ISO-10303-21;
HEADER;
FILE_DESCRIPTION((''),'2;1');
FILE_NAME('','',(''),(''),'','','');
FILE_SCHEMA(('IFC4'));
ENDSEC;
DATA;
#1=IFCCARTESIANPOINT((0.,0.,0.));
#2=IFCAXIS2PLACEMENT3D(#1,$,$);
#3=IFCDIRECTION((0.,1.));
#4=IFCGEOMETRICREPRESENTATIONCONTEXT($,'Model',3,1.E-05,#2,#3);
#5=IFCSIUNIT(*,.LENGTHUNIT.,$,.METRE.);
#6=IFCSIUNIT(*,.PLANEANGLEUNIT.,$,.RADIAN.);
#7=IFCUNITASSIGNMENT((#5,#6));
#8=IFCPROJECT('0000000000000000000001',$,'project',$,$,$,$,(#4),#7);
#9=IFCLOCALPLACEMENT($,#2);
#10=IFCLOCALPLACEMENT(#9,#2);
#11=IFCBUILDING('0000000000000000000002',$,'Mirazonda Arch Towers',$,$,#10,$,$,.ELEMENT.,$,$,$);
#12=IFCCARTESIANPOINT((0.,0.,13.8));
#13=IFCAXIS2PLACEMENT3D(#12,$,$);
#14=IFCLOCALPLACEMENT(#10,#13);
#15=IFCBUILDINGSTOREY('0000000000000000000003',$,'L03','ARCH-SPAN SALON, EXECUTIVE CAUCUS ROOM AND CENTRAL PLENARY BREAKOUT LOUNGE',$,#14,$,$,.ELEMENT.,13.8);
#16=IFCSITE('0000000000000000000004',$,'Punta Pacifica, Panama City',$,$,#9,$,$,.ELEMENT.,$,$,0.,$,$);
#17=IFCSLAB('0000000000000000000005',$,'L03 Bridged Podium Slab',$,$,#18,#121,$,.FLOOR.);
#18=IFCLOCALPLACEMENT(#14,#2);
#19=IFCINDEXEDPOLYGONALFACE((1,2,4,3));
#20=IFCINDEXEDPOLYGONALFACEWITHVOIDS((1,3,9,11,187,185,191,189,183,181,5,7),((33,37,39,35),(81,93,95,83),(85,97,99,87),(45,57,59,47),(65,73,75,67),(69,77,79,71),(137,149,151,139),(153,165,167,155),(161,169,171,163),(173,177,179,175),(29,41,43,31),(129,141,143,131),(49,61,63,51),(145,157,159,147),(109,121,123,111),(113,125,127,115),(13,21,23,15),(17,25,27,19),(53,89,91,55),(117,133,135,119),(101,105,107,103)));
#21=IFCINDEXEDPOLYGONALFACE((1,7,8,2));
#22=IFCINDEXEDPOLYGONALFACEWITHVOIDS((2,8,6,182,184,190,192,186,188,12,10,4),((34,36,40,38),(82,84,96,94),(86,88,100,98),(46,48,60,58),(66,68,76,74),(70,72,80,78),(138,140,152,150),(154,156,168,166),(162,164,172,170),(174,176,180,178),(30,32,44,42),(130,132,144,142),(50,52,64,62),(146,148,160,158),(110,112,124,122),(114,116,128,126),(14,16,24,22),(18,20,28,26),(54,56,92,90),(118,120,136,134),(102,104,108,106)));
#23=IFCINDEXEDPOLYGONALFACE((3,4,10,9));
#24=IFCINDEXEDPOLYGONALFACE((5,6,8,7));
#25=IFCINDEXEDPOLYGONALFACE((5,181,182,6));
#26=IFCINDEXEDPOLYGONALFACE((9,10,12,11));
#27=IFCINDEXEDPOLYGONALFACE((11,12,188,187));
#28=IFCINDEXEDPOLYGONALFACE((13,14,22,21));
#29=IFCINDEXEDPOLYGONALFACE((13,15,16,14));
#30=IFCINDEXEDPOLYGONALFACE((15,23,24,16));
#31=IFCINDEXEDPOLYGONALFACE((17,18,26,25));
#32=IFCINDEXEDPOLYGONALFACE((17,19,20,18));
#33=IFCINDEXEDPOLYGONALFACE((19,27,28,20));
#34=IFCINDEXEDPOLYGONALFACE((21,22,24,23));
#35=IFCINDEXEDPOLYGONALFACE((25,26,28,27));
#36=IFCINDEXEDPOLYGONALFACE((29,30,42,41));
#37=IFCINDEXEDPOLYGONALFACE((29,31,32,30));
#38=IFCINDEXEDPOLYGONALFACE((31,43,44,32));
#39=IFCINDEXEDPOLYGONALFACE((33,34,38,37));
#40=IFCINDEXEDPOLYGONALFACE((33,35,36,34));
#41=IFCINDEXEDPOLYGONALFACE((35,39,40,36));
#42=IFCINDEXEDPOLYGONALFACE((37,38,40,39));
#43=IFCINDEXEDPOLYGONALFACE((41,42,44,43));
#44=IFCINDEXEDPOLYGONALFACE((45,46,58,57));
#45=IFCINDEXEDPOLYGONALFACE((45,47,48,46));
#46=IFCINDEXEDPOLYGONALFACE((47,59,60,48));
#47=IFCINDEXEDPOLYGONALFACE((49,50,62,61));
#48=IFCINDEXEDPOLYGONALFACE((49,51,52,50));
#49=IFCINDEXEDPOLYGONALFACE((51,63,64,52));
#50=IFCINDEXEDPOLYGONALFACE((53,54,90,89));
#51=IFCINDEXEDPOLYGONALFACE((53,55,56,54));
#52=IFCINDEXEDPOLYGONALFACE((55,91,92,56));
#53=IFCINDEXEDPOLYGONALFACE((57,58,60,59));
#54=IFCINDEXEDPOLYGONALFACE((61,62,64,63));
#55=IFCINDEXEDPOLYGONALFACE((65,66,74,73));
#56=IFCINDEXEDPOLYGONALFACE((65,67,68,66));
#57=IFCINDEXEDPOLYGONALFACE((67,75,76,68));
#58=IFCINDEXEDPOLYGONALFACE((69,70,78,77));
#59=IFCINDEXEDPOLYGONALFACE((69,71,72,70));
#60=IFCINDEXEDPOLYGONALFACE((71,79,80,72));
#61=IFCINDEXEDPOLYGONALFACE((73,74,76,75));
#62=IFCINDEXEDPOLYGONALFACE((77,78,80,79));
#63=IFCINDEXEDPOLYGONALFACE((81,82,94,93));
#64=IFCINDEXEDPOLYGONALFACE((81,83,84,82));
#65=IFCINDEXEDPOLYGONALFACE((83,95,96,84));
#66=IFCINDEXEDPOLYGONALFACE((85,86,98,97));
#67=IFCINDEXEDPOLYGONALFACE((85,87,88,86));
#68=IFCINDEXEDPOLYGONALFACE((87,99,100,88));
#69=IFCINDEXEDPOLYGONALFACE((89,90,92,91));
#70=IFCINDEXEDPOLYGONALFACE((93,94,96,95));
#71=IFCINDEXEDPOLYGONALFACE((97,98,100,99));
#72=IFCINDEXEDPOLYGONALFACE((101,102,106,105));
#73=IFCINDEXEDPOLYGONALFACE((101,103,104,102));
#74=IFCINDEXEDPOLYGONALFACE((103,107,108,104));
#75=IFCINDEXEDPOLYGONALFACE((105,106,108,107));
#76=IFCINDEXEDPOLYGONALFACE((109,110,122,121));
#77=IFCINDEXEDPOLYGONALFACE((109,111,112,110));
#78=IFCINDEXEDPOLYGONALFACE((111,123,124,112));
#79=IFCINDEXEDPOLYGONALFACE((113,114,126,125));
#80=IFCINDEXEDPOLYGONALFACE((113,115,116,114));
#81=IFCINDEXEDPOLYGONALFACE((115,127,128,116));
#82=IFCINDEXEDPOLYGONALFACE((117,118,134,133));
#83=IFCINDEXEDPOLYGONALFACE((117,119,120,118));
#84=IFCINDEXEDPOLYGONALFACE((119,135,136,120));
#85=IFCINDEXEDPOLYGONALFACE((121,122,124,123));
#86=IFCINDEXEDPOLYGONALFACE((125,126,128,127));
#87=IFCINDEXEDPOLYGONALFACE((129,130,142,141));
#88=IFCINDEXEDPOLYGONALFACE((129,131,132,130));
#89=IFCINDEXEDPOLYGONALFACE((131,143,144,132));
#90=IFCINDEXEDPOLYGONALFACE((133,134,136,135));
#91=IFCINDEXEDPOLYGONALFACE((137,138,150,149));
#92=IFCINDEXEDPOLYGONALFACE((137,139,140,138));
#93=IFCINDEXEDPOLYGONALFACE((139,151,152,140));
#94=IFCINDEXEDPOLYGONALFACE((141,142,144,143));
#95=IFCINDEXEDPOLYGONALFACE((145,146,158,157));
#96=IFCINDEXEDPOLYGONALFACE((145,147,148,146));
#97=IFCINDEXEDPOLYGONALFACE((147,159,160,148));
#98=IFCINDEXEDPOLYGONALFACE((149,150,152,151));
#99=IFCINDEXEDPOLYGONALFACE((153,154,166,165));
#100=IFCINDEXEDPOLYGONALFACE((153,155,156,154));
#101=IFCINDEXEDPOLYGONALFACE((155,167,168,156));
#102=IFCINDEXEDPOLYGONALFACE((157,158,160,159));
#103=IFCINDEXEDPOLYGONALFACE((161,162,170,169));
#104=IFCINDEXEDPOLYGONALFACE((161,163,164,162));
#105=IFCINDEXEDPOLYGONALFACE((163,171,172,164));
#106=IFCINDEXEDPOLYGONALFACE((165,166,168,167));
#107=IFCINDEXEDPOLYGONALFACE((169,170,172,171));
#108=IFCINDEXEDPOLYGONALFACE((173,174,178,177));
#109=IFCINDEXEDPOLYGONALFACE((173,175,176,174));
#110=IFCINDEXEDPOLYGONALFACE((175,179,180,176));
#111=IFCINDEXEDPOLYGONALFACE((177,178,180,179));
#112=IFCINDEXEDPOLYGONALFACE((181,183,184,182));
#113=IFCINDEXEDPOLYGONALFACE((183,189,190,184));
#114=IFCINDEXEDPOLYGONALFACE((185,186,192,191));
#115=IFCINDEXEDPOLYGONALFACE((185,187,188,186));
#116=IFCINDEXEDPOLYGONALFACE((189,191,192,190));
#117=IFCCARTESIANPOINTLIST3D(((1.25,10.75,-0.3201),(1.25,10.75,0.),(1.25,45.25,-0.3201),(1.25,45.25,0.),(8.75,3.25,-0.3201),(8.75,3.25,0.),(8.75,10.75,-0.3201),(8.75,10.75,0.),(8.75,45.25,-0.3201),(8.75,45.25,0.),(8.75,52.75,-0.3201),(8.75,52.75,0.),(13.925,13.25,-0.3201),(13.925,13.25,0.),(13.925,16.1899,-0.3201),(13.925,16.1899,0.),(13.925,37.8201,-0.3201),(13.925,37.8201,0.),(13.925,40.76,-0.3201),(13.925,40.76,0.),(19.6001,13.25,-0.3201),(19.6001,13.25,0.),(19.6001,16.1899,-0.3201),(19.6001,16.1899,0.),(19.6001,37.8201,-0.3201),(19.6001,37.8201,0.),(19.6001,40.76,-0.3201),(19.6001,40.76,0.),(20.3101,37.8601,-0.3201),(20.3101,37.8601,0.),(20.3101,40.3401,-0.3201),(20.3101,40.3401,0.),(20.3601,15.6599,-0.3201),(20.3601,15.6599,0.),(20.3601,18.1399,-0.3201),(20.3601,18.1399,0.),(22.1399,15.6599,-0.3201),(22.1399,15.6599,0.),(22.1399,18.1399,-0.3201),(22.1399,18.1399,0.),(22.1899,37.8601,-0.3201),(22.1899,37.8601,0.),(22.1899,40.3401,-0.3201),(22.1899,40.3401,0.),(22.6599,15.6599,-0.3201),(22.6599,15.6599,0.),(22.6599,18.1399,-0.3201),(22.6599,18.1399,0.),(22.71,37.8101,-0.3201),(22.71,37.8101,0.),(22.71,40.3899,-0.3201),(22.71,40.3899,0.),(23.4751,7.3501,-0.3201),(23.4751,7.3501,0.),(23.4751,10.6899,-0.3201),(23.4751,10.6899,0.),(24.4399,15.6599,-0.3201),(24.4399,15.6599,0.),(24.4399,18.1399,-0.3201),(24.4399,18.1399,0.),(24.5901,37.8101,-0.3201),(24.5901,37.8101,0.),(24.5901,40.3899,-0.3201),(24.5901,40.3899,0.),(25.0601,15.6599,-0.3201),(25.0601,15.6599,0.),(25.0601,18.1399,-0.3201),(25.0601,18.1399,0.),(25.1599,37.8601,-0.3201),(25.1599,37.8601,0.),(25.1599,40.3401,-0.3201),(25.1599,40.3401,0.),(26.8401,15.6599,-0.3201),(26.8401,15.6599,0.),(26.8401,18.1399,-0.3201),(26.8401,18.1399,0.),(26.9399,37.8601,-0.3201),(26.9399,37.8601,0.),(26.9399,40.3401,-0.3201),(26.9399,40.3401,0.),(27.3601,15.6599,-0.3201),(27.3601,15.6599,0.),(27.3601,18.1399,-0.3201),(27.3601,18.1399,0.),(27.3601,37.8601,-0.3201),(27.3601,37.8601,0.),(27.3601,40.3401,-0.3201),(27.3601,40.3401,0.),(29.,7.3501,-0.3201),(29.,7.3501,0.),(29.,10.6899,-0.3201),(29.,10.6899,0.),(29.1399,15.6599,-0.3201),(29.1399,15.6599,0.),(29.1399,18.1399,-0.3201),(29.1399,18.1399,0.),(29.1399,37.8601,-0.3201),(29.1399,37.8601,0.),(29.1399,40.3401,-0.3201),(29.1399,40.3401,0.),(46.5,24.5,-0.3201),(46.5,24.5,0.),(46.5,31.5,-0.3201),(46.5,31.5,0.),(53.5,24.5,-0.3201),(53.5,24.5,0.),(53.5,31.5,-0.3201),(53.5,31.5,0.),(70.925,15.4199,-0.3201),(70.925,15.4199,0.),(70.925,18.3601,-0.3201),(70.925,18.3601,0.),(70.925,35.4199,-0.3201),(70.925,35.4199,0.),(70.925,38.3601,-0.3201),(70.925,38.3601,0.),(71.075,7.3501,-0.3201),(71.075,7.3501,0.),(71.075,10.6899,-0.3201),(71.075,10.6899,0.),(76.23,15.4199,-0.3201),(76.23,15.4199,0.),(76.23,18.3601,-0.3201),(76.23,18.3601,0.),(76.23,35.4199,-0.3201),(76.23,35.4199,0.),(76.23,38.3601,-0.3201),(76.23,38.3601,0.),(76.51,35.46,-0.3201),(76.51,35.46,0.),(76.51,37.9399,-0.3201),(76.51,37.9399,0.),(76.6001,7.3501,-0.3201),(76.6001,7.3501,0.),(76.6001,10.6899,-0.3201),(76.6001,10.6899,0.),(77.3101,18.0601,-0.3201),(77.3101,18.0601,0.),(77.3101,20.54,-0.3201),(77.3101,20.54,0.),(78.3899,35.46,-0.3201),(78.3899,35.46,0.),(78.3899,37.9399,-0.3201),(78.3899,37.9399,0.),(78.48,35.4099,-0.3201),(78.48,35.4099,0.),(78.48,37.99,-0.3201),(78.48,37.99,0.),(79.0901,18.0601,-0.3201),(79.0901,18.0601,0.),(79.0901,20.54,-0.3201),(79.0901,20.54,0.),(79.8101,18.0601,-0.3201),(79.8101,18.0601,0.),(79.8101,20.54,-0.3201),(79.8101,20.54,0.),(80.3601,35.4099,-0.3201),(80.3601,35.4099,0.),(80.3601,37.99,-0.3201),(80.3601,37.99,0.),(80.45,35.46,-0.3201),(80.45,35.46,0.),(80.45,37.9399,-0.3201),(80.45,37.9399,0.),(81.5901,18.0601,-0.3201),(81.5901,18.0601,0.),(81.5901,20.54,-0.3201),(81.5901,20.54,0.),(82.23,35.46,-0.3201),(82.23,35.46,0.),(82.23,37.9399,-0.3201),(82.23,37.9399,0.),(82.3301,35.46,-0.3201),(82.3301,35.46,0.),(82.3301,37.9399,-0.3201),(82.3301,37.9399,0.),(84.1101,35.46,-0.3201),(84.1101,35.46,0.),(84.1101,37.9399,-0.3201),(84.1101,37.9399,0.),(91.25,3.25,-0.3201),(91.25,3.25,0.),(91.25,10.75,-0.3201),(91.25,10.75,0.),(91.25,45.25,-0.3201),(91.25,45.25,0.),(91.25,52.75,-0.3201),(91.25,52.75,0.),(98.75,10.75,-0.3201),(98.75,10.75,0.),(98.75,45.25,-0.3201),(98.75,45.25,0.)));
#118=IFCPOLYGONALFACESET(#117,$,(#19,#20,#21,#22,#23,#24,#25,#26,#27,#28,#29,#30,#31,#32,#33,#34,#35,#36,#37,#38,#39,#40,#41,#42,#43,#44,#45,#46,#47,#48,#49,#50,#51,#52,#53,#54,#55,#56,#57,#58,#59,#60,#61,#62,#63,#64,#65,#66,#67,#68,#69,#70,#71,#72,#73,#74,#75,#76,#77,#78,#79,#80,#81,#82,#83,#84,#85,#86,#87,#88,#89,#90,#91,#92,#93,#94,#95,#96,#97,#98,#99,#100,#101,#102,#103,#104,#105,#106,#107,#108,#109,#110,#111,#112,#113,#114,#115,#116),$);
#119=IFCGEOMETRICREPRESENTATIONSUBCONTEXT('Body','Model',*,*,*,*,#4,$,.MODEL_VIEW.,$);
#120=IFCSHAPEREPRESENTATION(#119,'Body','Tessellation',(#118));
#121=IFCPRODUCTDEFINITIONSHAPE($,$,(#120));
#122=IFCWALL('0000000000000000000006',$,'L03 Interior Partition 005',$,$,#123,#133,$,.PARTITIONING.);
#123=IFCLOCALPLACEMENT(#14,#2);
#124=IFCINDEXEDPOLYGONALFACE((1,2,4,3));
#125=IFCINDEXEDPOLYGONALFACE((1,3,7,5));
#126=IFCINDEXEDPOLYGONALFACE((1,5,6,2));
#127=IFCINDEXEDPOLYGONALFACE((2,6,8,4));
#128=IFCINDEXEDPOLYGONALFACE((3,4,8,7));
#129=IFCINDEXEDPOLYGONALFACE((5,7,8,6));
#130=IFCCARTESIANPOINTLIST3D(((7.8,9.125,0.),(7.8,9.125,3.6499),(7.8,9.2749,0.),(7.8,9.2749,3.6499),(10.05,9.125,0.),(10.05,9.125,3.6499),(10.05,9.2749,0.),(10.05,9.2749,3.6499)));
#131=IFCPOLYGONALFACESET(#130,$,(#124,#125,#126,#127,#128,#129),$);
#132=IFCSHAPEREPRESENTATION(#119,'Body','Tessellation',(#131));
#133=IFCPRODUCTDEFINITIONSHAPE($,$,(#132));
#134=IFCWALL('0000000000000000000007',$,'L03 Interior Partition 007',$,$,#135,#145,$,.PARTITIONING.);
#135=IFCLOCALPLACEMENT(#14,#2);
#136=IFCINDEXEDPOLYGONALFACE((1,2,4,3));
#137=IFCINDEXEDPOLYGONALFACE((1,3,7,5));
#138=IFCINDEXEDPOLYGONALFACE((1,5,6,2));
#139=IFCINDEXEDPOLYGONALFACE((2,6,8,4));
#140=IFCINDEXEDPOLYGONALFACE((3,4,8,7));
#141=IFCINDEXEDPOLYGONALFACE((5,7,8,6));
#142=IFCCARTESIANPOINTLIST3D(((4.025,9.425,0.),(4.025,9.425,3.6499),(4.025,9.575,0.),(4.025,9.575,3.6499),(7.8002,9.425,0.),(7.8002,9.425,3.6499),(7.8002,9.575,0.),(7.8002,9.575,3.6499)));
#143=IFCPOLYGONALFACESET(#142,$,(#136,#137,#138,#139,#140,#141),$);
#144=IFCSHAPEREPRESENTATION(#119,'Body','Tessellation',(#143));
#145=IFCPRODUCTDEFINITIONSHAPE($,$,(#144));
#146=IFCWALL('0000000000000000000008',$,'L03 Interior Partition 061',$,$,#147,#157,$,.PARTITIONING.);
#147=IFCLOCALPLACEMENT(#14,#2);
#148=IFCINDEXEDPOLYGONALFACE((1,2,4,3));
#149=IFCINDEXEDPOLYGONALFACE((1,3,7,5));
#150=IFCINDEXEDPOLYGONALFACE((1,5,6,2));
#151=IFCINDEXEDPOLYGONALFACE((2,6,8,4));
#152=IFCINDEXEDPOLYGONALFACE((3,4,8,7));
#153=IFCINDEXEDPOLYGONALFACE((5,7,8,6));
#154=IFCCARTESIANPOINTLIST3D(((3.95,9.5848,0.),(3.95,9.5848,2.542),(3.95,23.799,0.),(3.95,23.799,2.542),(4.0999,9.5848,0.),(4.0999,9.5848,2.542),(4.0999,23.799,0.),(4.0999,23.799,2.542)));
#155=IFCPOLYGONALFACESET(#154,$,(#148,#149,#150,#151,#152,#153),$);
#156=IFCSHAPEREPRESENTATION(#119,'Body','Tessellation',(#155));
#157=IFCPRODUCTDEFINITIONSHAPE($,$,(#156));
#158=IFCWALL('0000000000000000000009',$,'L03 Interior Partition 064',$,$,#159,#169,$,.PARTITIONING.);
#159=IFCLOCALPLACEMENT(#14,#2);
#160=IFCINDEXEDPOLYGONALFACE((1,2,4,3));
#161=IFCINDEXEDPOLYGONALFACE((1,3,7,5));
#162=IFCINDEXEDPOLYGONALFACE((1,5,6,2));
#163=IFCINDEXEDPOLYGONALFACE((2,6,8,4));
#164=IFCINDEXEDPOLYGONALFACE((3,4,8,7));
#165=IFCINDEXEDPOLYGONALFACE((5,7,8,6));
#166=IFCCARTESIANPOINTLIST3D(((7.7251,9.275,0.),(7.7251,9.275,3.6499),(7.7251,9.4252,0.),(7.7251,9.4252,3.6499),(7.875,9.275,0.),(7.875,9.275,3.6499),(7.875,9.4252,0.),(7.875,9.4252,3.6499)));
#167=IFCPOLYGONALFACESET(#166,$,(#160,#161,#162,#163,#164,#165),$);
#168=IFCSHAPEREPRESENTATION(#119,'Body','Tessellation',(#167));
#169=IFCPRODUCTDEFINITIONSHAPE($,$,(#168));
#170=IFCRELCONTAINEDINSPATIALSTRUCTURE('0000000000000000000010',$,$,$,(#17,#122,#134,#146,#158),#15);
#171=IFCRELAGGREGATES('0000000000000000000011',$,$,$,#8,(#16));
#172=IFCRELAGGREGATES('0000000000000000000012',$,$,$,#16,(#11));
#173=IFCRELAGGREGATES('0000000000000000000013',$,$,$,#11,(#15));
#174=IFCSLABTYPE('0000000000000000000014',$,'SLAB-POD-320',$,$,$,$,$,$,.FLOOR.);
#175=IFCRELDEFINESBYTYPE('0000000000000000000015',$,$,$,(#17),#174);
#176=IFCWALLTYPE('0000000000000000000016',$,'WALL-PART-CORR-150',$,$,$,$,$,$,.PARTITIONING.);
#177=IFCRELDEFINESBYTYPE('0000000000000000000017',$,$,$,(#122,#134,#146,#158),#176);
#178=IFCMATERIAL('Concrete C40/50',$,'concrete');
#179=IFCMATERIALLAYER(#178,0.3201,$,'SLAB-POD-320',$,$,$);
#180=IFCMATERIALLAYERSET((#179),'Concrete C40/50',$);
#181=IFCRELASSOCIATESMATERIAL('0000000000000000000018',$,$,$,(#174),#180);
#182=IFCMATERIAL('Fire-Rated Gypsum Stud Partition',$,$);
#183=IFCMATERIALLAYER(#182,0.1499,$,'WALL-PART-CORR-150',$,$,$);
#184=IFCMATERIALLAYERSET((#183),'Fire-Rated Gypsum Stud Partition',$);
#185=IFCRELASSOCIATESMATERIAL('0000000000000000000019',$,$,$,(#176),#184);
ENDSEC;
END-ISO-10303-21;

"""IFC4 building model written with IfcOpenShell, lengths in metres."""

from ifc_helpers import new_model, si_unit, direction, frame, frame_2d, origin, place, context, subcontext, project, spatial, polyline, rectangle, outline, extrude, material, layer, layer_set, type_object, element, save


model = new_model("IFC4")

# Units and contexts
model_context = context("Model", 3, precision=1e-05, world=origin(), true_north=direction((0.0, 1.0)))
body_context = subcontext(model_context, "Body", "Model", "MODEL_VIEW")
ifc_project = project(units=[si_unit("LENGTHUNIT", "METRE"), si_unit("PLANEANGLEUNIT", "RADIAN")], contexts=[model_context])

# Site, building, storey
site_placement = place(None, origin())
site = spatial("IfcSite", under=ifc_project, at=site_placement, Name="Punta Pacifica, Panama City", CompositionType="ELEMENT", RefElevation=0.0)
building_placement = place(site_placement, origin())
building = spatial("IfcBuilding", under=site, at=building_placement, Name="Mirazonda Arch Towers", CompositionType="ELEMENT")
storey_placement = place(building_placement, frame((0.0, 0.0, 13.8)))
storey = spatial("IfcBuildingStorey", under=building, at=storey_placement, Name="L03", Description="ARCH-SPAN SALON, EXECUTIVE CAUCUS ROOM AND CENTRAL PLENARY BREAKOUT LOUNGE", CompositionType="ELEMENT", Elevation=13.8)

# Shared definitions
ifc_material_1 = material(Name="Concrete C40/50", Category="concrete")

# Slab
ifc_layer_1 = layer(ifc_material_1, 0.3201, Name="SLAB-POD-320")
ifc_layer_set_1 = layer_set([ifc_layer_1], Name="Concrete C40/50")
slab_type_1 = type_object("IfcSlabType", Name="SLAB-POD-320", PredefinedType="FLOOR", material=ifc_layer_set_1)
slab_1_placement = place(storey_placement, frame((0.0, 0.0, -0.3201)))
element("IfcSlab", 1, at=slab_1_placement, inside=storey, type_object=slab_type_1, Name="L03 Bridged Podium Slab", PredefinedType="FLOOR", context=body_context, shape_type="SweptSolid", body=[
    extrude(outline(polyline([(8.75, 3.25), (91.25, 3.25), (91.25, 10.75), (98.75, 10.75), (98.75, 45.25), (91.25, 45.25), (91.25, 52.75), (8.75, 52.75), (8.75, 45.25), (1.25, 45.25), (1.25, 10.75), (8.75, 10.75), (8.75, 3.25)]), holes=[polyline([(84.1101, 35.46), (82.3301, 35.46), (82.3301, 37.9399), (84.1101, 37.9399), (84.1101, 35.46)]), polyline([(82.23, 37.9399), (82.23, 35.46), (80.45, 35.46), (80.45, 37.9399), (82.23, 37.9399)]), polyline([(81.5901, 18.0601), (79.8101, 18.0601), (79.8101, 20.54), (81.5901, 20.54), (81.5901, 18.0601)]), polyline([(80.3601, 35.4099), (78.48, 35.4099), (78.48, 37.99), (80.3601, 37.99), (80.3601, 35.4099)]), polyline([(79.0901, 18.0601), (77.3101, 18.0601), (77.3101, 20.54), (79.0901, 20.54), (79.0901, 18.0601)]), polyline([(78.3899, 35.46), (76.51, 35.46), (76.51, 37.9399), (78.3899, 37.9399), (78.3899, 35.46)]), polyline([(71.075, 10.6899), (76.6001, 10.6899), (76.6001, 7.3501), (71.075, 7.3501), (71.075, 10.6899)]), polyline([(76.23, 38.3601), (76.23, 35.4199), (70.925, 35.4199), (70.925, 38.3601), (76.23, 38.3601)]), polyline([(70.925, 18.3601), (76.23, 18.3601), (76.23, 15.4199), (70.925, 15.4199), (70.925, 18.3601)]), polyline([(53.5, 31.5), (53.5, 24.5), (46.5, 24.5), (46.5, 31.5), (53.5, 31.5)]), polyline([(29.1399, 37.8601), (27.3601, 37.8601), (27.3601, 40.3401), (29.1399, 40.3401), (29.1399, 37.8601)]), polyline([(29.1399, 18.1399), (29.1399, 15.6599), (27.3601, 15.6599), (27.3601, 18.1399), (29.1399, 18.1399)]), polyline([(23.4751, 10.6899), (29.0, 10.6899), (29.0, 7.3501), (23.4751, 7.3501), (23.4751, 10.6899)]), polyline([(26.9399, 37.8601), (25.1599, 37.8601), (25.1599, 40.3401), (26.9399, 40.3401), (26.9399, 37.8601)]), polyline([(26.8401, 15.6599), (25.0601, 15.6599), (25.0601, 18.1399), (26.8401, 18.1399), (26.8401, 15.6599)]), polyline([(24.5901, 40.3899), (24.5901, 37.8101), (22.71, 37.8101), (22.71, 40.3899), (24.5901, 40.3899)]), polyline([(24.4399, 15.6599), (22.6599, 15.6599), (22.6599, 18.1399), (24.4399, 18.1399), (24.4399, 15.6599)]), polyline([(22.1899, 40.3401), (22.1899, 37.8601), (20.3101, 37.8601), (20.3101, 40.3401), (22.1899, 40.3401)]), polyline([(22.1399, 18.1399), (22.1399, 15.6599), (20.3601, 15.6599), (20.3601, 18.1399), (22.1399, 18.1399)]), polyline([(13.925, 40.76), (19.6001, 40.76), (19.6001, 37.8201), (13.925, 37.8201), (13.925, 40.76)]), polyline([(13.925, 16.1899), (19.6001, 16.1899), (19.6001, 13.25), (13.925, 13.25), (13.925, 16.1899)])]), origin(), (0.0, 0.0, 1.0), 0.3201),
])

# Walls
ifc_material_2 = material(Name="Fire-Rated Gypsum Stud Partition")
ifc_layer_2 = layer(ifc_material_2, 0.1499, Name="WALL-PART-CORR-150")
ifc_layer_set_2 = layer_set([ifc_layer_2], Name="Fire-Rated Gypsum Stud Partition")
wall_type = type_object("IfcWallType", Name="WALL-PART-CORR-150", PredefinedType="PARTITIONING", material=ifc_layer_set_2)
wall_1_placement = place(storey_placement, frame((7.8, 9.2, 0.0), z_axis=(0.0, 0.0, 1.0), x_axis=(1.0, 0.0, 0.0)))
element("IfcWall", 2, at=wall_1_placement, inside=storey, type_object=wall_type, Name="L03 Interior Partition 005", PredefinedType="PARTITIONING", context=body_context, shape_type="SweptSolid", body=[
    extrude(rectangle(XDim=2.25, YDim=0.1499, at=frame_2d((1.125, 0.0))), origin(), (0.0, 0.0, 1.0), 3.6499),
])
wall_2_placement = place(storey_placement, frame((4.0249, 9.5, 0.0), z_axis=(0.0, 0.0, 1.0), x_axis=(1.0, 0.0, 0.0)))
element("IfcWall", 3, at=wall_2_placement, inside=storey, type_object=wall_type, Name="L03 Interior Partition 007", PredefinedType="PARTITIONING", context=body_context, shape_type="SweptSolid", body=[
    extrude(rectangle(XDim=3.7751, YDim=0.1499, at=frame_2d((1.8877, 0.0))), origin(), (0.0, 0.0, 1.0), 3.6499),
])
wall_3_placement = place(storey_placement, frame((4.0249, 9.585, 0.0), z_axis=(0.0, 0.0, 1.0), x_axis=(0.0, 1.0, 0.0)))
element("IfcWall", 4, at=wall_3_placement, inside=storey, type_object=wall_type, Name="L03 Interior Partition 061", PredefinedType="PARTITIONING", context=body_context, shape_type="SweptSolid", body=[
    extrude(rectangle(XDim=14.2141, YDim=0.1499, at=frame_2d((7.1069, 0.0))), origin(), (0.0, 0.0, 1.0), 2.542),
])
wall_4_placement = place(storey_placement, frame((7.8, 9.2749, 0.0), z_axis=(0.0, 0.0, 1.0), x_axis=(0.0, 1.0, 0.0)))
element("IfcWall", 5, at=wall_4_placement, inside=storey, type_object=wall_type, Name="L03 Interior Partition 064", PredefinedType="PARTITIONING", context=body_context, shape_type="SweptSolid", body=[
    extrude(rectangle(XDim=0.1501, YDim=0.1499, at=frame_2d((0.0752, 0.0))), origin(), (0.0, 0.0, 1.0), 3.6499),
])

save(model, "model.ifc")
